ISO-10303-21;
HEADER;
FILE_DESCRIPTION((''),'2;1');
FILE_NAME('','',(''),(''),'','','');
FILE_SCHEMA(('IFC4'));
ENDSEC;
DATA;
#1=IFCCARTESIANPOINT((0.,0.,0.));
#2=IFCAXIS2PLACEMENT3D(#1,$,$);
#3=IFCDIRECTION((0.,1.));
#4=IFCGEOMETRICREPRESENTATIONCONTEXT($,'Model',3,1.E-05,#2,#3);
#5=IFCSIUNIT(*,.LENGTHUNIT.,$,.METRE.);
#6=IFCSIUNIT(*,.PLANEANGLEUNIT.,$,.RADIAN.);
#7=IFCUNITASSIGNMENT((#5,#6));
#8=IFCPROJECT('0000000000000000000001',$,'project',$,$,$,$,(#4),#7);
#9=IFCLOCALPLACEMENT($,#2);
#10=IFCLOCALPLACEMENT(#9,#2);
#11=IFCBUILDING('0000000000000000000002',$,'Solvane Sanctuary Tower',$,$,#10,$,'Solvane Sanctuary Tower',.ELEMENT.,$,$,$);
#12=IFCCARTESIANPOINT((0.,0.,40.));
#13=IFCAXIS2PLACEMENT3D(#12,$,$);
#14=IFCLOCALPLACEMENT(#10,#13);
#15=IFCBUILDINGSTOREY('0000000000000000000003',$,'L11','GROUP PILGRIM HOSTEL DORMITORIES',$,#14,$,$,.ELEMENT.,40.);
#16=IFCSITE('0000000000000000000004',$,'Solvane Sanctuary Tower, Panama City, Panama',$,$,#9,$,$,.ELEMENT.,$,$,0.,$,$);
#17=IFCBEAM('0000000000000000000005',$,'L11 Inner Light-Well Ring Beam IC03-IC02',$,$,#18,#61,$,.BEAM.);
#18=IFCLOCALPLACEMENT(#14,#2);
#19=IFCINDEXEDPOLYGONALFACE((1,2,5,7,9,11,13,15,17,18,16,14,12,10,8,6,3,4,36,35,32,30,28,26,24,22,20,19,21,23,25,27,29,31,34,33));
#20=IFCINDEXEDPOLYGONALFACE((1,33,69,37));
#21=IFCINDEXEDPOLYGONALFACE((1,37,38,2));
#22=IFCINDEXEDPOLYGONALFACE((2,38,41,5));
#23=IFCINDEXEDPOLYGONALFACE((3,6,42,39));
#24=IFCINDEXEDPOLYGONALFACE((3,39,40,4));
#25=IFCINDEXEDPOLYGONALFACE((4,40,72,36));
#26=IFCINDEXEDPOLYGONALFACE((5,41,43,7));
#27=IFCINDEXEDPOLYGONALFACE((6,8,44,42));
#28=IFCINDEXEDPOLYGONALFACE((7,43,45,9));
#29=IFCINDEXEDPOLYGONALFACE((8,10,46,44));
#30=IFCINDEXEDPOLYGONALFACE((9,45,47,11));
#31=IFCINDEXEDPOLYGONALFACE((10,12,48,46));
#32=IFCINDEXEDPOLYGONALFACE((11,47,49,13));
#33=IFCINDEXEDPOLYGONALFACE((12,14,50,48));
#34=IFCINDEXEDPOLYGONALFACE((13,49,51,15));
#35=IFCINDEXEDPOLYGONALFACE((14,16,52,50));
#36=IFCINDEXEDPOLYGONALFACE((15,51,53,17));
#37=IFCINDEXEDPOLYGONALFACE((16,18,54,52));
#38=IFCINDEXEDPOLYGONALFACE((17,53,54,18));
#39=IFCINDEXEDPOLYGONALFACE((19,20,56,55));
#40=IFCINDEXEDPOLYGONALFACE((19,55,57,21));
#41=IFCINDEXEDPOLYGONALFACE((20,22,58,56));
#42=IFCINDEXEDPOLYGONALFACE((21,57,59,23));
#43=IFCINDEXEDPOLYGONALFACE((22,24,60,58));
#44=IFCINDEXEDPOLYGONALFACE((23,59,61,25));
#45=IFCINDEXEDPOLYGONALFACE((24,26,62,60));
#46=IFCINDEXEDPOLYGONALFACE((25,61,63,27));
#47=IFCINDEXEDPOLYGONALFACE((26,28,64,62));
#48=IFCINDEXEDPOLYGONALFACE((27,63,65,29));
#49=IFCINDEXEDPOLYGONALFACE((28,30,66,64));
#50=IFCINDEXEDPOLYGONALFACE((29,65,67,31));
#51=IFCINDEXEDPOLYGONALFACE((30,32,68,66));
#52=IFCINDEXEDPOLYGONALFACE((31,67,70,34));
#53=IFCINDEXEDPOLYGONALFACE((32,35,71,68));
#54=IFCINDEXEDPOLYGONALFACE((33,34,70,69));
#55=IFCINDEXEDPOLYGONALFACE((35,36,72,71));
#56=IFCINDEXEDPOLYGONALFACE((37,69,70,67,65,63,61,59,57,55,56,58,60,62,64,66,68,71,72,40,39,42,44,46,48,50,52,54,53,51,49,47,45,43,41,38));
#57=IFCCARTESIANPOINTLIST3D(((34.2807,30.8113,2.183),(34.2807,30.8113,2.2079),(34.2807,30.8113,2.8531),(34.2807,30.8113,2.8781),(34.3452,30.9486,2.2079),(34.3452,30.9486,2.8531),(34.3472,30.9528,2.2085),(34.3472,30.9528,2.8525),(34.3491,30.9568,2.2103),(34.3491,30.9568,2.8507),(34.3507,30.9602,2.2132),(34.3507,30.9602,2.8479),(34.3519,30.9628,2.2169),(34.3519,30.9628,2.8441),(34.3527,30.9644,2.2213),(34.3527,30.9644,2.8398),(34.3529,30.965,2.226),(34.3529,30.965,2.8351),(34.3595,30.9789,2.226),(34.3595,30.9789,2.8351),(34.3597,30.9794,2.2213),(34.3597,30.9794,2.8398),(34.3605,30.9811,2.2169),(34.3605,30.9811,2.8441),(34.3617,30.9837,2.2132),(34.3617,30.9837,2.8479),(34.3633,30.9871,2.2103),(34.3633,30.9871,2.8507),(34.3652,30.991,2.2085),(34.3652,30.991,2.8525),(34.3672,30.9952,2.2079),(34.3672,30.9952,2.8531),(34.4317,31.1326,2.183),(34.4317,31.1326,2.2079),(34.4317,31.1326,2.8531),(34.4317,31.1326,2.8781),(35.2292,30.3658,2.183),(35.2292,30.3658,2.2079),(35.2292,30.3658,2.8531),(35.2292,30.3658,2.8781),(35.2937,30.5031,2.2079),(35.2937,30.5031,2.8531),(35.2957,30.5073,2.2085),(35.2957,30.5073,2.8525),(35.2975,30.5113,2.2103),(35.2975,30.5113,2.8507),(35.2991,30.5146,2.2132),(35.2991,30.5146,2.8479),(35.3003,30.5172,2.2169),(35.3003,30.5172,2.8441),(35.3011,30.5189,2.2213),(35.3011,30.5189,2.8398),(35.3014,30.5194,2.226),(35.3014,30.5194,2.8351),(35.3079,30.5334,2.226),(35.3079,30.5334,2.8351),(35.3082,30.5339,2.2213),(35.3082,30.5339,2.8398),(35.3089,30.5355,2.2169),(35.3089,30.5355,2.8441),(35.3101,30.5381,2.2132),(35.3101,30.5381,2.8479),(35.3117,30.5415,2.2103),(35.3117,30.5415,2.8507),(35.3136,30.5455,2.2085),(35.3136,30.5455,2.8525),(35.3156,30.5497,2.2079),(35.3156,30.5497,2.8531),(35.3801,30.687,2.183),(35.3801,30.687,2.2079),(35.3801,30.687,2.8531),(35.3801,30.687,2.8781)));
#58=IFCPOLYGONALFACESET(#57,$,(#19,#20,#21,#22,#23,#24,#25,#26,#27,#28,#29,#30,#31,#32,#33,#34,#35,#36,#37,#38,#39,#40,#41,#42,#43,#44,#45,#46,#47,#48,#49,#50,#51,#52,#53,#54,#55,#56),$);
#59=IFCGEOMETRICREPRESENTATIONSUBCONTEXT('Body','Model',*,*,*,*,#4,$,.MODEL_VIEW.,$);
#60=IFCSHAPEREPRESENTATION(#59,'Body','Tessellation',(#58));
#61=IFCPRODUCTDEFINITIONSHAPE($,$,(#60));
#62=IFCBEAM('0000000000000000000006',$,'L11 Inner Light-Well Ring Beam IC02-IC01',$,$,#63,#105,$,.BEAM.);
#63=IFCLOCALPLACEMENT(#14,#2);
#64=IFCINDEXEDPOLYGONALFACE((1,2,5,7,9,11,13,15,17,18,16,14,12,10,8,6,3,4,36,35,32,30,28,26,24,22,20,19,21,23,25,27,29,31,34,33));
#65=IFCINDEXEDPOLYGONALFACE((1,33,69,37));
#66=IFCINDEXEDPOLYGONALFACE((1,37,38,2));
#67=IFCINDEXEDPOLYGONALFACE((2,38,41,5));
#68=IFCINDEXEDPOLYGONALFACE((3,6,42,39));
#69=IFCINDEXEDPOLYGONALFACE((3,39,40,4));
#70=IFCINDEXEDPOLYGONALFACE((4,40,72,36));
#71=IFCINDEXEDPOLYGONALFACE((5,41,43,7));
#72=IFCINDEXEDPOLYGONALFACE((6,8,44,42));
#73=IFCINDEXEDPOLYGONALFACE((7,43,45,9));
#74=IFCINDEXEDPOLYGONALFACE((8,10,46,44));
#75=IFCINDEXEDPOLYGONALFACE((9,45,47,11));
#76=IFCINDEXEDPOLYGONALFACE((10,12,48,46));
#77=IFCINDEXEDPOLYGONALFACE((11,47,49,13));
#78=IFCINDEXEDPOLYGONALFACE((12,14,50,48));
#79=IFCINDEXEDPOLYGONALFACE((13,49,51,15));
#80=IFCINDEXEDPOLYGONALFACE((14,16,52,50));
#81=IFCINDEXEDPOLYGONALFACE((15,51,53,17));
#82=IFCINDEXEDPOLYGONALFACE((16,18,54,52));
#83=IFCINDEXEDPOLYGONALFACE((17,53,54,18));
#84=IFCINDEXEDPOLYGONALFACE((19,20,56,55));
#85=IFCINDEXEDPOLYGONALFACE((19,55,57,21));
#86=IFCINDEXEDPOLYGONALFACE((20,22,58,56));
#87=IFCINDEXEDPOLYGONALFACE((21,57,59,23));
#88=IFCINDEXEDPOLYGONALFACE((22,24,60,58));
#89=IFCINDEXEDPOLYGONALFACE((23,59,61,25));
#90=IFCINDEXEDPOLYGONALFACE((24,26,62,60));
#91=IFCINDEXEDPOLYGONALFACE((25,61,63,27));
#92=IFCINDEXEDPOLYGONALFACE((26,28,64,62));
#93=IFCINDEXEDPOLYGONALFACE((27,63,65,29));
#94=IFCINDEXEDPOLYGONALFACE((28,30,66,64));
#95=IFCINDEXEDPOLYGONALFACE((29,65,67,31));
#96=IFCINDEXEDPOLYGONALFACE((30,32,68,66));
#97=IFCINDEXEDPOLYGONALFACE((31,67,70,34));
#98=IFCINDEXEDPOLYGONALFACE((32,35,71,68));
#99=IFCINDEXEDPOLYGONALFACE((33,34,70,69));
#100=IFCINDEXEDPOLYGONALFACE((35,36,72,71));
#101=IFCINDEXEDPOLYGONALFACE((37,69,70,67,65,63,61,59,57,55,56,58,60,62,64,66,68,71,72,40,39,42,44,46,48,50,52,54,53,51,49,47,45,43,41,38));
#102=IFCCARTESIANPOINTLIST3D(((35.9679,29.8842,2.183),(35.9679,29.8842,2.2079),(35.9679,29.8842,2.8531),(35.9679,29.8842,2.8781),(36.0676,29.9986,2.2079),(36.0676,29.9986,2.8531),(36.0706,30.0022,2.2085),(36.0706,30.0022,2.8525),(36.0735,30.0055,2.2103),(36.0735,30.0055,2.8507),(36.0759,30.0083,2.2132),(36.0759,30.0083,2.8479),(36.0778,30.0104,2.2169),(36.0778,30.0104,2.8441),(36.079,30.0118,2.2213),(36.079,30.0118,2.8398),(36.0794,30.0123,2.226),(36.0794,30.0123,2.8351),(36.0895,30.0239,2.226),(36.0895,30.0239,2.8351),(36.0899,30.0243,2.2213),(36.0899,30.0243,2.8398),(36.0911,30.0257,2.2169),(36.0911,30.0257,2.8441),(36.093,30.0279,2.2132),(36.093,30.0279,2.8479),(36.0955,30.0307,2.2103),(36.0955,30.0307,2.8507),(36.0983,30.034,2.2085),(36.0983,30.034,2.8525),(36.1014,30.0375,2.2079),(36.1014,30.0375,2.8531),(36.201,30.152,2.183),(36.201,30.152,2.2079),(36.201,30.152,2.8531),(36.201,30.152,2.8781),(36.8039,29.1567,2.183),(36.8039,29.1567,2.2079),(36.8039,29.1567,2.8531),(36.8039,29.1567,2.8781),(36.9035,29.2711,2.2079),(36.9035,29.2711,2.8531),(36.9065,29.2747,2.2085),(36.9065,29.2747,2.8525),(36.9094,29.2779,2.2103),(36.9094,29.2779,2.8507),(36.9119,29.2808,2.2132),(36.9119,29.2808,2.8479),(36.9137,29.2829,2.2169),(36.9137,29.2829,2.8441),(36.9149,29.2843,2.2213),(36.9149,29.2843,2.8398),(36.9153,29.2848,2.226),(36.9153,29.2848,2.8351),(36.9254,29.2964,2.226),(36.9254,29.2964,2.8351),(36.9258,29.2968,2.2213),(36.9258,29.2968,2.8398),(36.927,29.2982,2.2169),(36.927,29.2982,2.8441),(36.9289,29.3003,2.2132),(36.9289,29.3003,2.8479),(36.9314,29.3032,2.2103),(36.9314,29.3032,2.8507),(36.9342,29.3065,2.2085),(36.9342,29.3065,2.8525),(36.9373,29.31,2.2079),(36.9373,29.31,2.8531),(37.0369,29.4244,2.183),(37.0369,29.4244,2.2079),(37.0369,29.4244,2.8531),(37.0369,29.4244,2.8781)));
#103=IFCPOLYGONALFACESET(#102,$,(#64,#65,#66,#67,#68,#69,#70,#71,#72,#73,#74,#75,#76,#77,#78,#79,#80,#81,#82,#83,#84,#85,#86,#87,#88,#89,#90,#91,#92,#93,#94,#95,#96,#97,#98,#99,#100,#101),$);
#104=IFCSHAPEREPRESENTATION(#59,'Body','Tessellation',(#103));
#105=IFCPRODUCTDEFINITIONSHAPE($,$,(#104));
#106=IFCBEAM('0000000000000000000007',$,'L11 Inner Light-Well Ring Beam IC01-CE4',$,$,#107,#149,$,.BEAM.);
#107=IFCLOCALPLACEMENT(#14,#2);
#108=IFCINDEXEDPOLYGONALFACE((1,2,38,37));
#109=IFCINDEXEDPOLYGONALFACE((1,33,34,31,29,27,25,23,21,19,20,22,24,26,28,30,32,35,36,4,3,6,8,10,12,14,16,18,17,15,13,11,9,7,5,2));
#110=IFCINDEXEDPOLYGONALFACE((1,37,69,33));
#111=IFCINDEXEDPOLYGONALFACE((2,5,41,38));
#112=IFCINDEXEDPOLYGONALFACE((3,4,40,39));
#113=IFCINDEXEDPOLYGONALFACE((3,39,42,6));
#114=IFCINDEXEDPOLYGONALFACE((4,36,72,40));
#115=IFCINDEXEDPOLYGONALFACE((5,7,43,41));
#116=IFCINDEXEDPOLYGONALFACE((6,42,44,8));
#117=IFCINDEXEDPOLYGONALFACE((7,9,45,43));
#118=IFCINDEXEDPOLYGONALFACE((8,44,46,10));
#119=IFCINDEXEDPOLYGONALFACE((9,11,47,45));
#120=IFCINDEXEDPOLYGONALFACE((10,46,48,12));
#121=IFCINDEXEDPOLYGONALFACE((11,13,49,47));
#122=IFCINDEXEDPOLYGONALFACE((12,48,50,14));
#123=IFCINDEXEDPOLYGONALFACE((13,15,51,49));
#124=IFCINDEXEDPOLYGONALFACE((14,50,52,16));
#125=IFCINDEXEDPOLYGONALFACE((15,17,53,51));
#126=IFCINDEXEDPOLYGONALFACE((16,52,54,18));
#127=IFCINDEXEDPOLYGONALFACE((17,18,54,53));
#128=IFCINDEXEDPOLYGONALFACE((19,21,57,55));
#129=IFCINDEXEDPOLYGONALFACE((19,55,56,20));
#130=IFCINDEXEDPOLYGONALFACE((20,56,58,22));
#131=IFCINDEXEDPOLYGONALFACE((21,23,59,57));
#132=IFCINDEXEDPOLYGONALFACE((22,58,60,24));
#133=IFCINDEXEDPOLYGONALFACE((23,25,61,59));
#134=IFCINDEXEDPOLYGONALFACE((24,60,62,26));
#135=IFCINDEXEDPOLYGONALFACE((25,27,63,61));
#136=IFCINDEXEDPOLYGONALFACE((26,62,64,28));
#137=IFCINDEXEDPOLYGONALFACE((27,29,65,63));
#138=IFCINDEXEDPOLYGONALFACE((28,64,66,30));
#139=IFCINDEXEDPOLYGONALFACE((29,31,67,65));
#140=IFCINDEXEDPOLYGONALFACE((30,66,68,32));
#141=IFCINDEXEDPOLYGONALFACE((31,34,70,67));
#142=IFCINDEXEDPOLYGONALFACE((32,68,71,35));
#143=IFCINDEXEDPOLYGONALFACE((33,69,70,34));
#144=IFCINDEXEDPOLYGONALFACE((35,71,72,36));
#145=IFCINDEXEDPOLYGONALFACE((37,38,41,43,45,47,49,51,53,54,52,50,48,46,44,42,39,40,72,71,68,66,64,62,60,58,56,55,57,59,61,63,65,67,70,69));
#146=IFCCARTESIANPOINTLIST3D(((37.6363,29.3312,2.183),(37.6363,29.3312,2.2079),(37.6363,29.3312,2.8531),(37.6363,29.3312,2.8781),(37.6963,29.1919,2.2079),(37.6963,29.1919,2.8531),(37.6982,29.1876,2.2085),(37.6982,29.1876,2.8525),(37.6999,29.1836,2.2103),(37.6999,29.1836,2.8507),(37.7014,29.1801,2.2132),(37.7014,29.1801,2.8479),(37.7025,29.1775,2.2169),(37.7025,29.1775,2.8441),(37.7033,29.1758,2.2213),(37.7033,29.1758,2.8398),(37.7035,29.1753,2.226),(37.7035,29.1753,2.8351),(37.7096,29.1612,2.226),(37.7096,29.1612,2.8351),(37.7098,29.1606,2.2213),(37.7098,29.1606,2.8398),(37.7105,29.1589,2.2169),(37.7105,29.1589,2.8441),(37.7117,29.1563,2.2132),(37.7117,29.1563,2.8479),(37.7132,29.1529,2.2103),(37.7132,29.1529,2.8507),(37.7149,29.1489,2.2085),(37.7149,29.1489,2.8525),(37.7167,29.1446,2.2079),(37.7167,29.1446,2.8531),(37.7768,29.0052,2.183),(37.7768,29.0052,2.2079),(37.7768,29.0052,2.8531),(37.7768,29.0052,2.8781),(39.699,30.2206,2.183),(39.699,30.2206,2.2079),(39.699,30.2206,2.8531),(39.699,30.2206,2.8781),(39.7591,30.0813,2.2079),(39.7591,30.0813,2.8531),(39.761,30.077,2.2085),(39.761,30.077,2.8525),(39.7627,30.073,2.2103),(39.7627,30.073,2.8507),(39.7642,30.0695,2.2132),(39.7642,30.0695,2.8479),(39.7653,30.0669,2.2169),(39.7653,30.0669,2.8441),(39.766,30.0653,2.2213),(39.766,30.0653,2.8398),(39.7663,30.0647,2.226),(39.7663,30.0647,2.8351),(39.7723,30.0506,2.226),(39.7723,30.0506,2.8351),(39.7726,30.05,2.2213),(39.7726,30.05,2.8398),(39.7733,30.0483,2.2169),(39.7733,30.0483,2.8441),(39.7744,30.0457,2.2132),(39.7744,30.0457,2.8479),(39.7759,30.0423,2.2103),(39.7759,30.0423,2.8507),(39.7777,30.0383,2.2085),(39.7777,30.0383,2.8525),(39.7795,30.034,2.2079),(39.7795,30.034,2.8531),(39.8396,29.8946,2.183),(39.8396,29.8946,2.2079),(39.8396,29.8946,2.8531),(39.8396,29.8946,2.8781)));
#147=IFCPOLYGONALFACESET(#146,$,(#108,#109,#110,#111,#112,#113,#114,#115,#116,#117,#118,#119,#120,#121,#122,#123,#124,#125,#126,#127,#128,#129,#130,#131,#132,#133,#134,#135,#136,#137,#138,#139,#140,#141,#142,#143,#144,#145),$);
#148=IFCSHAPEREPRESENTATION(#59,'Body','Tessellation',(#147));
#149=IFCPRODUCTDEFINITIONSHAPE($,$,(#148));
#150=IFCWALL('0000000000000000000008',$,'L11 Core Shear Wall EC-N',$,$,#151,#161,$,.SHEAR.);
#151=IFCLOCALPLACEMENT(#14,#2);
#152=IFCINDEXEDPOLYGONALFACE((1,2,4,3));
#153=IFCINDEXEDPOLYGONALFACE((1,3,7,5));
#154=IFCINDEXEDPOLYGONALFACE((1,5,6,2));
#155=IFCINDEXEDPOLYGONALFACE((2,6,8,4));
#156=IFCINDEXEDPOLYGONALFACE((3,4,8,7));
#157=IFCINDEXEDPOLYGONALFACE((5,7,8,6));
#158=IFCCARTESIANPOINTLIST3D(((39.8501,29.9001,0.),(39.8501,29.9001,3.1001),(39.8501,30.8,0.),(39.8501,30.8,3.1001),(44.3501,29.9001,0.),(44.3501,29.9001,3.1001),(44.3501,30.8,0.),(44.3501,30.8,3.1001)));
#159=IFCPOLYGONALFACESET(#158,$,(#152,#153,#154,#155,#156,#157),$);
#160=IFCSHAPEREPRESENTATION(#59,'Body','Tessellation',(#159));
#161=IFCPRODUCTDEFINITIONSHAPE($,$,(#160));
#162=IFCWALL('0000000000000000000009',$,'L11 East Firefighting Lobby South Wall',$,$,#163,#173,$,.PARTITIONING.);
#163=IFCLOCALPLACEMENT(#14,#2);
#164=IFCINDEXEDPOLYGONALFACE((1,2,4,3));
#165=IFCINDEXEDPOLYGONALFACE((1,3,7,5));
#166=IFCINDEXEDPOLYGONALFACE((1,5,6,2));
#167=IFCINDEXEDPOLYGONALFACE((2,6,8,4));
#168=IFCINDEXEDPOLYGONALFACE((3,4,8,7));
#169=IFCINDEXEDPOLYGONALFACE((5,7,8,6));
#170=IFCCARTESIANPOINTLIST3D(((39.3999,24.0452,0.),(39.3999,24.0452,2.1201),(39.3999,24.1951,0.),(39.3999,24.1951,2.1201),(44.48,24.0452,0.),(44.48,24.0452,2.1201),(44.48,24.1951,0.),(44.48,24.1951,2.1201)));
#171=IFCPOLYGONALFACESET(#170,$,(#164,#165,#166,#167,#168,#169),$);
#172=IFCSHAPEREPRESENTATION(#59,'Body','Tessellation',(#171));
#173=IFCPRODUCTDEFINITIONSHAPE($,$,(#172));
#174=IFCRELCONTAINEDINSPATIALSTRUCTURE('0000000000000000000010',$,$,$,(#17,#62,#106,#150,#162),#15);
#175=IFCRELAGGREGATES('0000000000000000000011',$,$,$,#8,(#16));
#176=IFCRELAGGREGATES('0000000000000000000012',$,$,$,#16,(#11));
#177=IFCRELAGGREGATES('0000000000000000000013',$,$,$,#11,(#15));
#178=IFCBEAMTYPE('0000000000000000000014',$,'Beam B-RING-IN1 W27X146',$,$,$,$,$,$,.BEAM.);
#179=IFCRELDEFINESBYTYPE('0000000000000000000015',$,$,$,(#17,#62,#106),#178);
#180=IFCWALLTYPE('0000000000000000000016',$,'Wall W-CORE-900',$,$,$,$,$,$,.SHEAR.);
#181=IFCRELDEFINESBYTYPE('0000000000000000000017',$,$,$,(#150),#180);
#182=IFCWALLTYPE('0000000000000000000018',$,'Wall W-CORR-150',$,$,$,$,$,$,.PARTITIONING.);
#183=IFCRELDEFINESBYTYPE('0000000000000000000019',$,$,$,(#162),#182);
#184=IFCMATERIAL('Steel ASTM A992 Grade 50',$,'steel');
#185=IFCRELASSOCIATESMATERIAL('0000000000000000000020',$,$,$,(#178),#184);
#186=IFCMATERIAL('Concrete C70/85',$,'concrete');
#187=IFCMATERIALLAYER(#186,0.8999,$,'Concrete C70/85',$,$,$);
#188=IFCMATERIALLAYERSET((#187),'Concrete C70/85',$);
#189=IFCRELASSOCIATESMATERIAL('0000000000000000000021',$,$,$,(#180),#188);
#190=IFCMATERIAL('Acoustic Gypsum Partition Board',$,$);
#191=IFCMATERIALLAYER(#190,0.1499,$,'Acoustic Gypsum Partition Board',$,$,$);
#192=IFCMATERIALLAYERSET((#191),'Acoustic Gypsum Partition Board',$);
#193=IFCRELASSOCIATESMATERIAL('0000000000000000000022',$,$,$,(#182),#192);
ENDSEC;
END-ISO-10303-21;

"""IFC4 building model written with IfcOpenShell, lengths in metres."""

from ifc_helpers import new_model, si_unit, direction, frame, frame_2d, origin, origin_2d, place, context, subcontext, project, spatial, rectangle, i_section, extrude, material, layer, layer_set, material_profile, profile_set, type_object, element, save


model = new_model("IFC4")

# Units and contexts
model_context = context("Model", 3, precision=1e-05, world=origin(), true_north=direction((0.0, 1.0)))
body_context = subcontext(model_context, "Body", "Model", "MODEL_VIEW")
ifc_project = project(units=[si_unit("LENGTHUNIT", "METRE"), si_unit("PLANEANGLEUNIT", "RADIAN")], contexts=[model_context])

# Site, building, storey
site_placement = place(None, origin())
site = spatial("IfcSite", under=ifc_project, at=site_placement, Name="Solvane Sanctuary Tower, Panama City, Panama", CompositionType="ELEMENT", RefElevation=0.0)
building_placement = place(site_placement, origin())
building = spatial("IfcBuilding", under=site, at=building_placement, Name="Solvane Sanctuary Tower", LongName="Solvane Sanctuary Tower", CompositionType="ELEMENT")
storey_placement = place(building_placement, frame((0.0, 0.0, 40.0)))
storey = spatial("IfcBuildingStorey", under=building, at=storey_placement, Name="L11", Description="GROUP PILGRIM HOSTEL DORMITORIES", CompositionType="ELEMENT", Elevation=40.0)

# Shared definitions
ifc_material_1 = material(Name="Concrete C70/85", Category="concrete")

# Beams
ifc_material_2 = material(Name="Steel ASTM A992 Grade 50", Category="steel")
ifc_material_profile_1 = material_profile(ifc_material_2, i_section(OverallWidth=0.355, OverallDepth=0.6951, WebThickness=0.0154, FlangeThickness=0.0249, FilletRadius=0.0181, at=origin_2d()), Name="W27X146")
ifc_profile_set_1 = profile_set([ifc_material_profile_1], Name="Steel ASTM A992 Grade 50")
beam_type_1 = type_object("IfcBeamType", Name="Beam B-RING-IN1 W27X146", PredefinedType="BEAM", material=ifc_profile_set_1)
beam_1_placement = place(storey_placement, frame((34.3562, 30.9719, 2.5305), z_axis=(0.905109, -0.42518, 0.0), x_axis=(0.42518, 0.905109, 0.0)))
element("IfcBeam", 1, at=beam_1_placement, inside=storey, type_object=beam_type_1, Name="L11 Inner Light-Well Ring Beam IC03-IC02", PredefinedType="BEAM", context=body_context, shape_type="SweptSolid", body=[
    extrude(i_section(OverallWidth=0.355, OverallDepth=0.6951, WebThickness=0.0154, FlangeThickness=0.0249, FilletRadius=0.0181, at=origin_2d()), origin(), (0.0, 0.0, 1.0), 1.0479),
])
beam_2_placement = place(storey_placement, frame((36.0845, 30.0181, 2.5305), z_axis=(0.754321, -0.656506, 0.0), x_axis=(0.656506, 0.754321, 0.0)))
element("IfcBeam", 2, at=beam_2_placement, inside=storey, type_object=beam_type_1, Name="L11 Inner Light-Well Ring Beam IC02-IC01", PredefinedType="BEAM", context=body_context, shape_type="SweptSolid", body=[
    extrude(i_section(OverallWidth=0.355, OverallDepth=0.6951, WebThickness=0.0154, FlangeThickness=0.0249, FilletRadius=0.0181, at=origin_2d()), origin(), (0.0, 0.0, 1.0), 1.1082),
])
beam_3_placement = place(storey_placement, frame((37.7065, 29.1682, 2.5305), z_axis=(0.918277, 0.395938, 0.0), x_axis=(-0.395938, 0.918277, 0.0)))
element("IfcBeam", 3, at=beam_3_placement, inside=storey, type_object=beam_type_1, Name="L11 Inner Light-Well Ring Beam IC01-CE4", PredefinedType="BEAM", context=body_context, shape_type="SweptSolid", body=[
    extrude(i_section(OverallWidth=0.355, OverallDepth=0.6951, WebThickness=0.0154, FlangeThickness=0.0249, FilletRadius=0.0181, at=origin_2d()), origin(), (0.0, 0.0, 1.0), 2.2463),
])

# Walls
ifc_layer_1 = layer(ifc_material_1, 0.8999, Name="Concrete C70/85")
ifc_layer_set_1 = layer_set([ifc_layer_1], Name="Concrete C70/85")
wall_type_1 = type_object("IfcWallType", Name="Wall W-CORE-900", PredefinedType="SHEAR", material=ifc_layer_set_1)
wall_1_placement = place(storey_placement, frame((39.8501, 30.3501, 0.0), z_axis=(0.0, 0.0, 1.0), x_axis=(1.0, 0.0, 0.0)))
element("IfcWall", 4, at=wall_1_placement, inside=storey, type_object=wall_type_1, Name="L11 Core Shear Wall EC-N", PredefinedType="SHEAR", context=body_context, shape_type="SweptSolid", body=[
    extrude(rectangle(XDim=4.5, YDim=0.8999, at=frame_2d((2.25, 0.0))), origin(), (0.0, 0.0, 1.0), 3.1001),
])
ifc_material_3 = material(Name="Acoustic Gypsum Partition Board")
ifc_layer_2 = layer(ifc_material_3, 0.1499, Name="Acoustic Gypsum Partition Board")
ifc_layer_set_2 = layer_set([ifc_layer_2], Name="Acoustic Gypsum Partition Board")
wall_type_2 = type_object("IfcWallType", Name="Wall W-CORR-150", PredefinedType="PARTITIONING", material=ifc_layer_set_2)
wall_2_placement = place(storey_placement, frame((39.3999, 24.1201, 0.0), z_axis=(0.0, 0.0, 1.0), x_axis=(1.0, 0.0, 0.0)))
element("IfcWall", 5, at=wall_2_placement, inside=storey, type_object=wall_type_2, Name="L11 East Firefighting Lobby South Wall", PredefinedType="PARTITIONING", context=body_context, shape_type="SweptSolid", body=[
    extrude(rectangle(XDim=5.0801, YDim=0.1499, at=frame_2d((2.54, 0.0))), origin(), (0.0, 0.0, 1.0), 2.1201),
])

save(model, "model.ifc")
